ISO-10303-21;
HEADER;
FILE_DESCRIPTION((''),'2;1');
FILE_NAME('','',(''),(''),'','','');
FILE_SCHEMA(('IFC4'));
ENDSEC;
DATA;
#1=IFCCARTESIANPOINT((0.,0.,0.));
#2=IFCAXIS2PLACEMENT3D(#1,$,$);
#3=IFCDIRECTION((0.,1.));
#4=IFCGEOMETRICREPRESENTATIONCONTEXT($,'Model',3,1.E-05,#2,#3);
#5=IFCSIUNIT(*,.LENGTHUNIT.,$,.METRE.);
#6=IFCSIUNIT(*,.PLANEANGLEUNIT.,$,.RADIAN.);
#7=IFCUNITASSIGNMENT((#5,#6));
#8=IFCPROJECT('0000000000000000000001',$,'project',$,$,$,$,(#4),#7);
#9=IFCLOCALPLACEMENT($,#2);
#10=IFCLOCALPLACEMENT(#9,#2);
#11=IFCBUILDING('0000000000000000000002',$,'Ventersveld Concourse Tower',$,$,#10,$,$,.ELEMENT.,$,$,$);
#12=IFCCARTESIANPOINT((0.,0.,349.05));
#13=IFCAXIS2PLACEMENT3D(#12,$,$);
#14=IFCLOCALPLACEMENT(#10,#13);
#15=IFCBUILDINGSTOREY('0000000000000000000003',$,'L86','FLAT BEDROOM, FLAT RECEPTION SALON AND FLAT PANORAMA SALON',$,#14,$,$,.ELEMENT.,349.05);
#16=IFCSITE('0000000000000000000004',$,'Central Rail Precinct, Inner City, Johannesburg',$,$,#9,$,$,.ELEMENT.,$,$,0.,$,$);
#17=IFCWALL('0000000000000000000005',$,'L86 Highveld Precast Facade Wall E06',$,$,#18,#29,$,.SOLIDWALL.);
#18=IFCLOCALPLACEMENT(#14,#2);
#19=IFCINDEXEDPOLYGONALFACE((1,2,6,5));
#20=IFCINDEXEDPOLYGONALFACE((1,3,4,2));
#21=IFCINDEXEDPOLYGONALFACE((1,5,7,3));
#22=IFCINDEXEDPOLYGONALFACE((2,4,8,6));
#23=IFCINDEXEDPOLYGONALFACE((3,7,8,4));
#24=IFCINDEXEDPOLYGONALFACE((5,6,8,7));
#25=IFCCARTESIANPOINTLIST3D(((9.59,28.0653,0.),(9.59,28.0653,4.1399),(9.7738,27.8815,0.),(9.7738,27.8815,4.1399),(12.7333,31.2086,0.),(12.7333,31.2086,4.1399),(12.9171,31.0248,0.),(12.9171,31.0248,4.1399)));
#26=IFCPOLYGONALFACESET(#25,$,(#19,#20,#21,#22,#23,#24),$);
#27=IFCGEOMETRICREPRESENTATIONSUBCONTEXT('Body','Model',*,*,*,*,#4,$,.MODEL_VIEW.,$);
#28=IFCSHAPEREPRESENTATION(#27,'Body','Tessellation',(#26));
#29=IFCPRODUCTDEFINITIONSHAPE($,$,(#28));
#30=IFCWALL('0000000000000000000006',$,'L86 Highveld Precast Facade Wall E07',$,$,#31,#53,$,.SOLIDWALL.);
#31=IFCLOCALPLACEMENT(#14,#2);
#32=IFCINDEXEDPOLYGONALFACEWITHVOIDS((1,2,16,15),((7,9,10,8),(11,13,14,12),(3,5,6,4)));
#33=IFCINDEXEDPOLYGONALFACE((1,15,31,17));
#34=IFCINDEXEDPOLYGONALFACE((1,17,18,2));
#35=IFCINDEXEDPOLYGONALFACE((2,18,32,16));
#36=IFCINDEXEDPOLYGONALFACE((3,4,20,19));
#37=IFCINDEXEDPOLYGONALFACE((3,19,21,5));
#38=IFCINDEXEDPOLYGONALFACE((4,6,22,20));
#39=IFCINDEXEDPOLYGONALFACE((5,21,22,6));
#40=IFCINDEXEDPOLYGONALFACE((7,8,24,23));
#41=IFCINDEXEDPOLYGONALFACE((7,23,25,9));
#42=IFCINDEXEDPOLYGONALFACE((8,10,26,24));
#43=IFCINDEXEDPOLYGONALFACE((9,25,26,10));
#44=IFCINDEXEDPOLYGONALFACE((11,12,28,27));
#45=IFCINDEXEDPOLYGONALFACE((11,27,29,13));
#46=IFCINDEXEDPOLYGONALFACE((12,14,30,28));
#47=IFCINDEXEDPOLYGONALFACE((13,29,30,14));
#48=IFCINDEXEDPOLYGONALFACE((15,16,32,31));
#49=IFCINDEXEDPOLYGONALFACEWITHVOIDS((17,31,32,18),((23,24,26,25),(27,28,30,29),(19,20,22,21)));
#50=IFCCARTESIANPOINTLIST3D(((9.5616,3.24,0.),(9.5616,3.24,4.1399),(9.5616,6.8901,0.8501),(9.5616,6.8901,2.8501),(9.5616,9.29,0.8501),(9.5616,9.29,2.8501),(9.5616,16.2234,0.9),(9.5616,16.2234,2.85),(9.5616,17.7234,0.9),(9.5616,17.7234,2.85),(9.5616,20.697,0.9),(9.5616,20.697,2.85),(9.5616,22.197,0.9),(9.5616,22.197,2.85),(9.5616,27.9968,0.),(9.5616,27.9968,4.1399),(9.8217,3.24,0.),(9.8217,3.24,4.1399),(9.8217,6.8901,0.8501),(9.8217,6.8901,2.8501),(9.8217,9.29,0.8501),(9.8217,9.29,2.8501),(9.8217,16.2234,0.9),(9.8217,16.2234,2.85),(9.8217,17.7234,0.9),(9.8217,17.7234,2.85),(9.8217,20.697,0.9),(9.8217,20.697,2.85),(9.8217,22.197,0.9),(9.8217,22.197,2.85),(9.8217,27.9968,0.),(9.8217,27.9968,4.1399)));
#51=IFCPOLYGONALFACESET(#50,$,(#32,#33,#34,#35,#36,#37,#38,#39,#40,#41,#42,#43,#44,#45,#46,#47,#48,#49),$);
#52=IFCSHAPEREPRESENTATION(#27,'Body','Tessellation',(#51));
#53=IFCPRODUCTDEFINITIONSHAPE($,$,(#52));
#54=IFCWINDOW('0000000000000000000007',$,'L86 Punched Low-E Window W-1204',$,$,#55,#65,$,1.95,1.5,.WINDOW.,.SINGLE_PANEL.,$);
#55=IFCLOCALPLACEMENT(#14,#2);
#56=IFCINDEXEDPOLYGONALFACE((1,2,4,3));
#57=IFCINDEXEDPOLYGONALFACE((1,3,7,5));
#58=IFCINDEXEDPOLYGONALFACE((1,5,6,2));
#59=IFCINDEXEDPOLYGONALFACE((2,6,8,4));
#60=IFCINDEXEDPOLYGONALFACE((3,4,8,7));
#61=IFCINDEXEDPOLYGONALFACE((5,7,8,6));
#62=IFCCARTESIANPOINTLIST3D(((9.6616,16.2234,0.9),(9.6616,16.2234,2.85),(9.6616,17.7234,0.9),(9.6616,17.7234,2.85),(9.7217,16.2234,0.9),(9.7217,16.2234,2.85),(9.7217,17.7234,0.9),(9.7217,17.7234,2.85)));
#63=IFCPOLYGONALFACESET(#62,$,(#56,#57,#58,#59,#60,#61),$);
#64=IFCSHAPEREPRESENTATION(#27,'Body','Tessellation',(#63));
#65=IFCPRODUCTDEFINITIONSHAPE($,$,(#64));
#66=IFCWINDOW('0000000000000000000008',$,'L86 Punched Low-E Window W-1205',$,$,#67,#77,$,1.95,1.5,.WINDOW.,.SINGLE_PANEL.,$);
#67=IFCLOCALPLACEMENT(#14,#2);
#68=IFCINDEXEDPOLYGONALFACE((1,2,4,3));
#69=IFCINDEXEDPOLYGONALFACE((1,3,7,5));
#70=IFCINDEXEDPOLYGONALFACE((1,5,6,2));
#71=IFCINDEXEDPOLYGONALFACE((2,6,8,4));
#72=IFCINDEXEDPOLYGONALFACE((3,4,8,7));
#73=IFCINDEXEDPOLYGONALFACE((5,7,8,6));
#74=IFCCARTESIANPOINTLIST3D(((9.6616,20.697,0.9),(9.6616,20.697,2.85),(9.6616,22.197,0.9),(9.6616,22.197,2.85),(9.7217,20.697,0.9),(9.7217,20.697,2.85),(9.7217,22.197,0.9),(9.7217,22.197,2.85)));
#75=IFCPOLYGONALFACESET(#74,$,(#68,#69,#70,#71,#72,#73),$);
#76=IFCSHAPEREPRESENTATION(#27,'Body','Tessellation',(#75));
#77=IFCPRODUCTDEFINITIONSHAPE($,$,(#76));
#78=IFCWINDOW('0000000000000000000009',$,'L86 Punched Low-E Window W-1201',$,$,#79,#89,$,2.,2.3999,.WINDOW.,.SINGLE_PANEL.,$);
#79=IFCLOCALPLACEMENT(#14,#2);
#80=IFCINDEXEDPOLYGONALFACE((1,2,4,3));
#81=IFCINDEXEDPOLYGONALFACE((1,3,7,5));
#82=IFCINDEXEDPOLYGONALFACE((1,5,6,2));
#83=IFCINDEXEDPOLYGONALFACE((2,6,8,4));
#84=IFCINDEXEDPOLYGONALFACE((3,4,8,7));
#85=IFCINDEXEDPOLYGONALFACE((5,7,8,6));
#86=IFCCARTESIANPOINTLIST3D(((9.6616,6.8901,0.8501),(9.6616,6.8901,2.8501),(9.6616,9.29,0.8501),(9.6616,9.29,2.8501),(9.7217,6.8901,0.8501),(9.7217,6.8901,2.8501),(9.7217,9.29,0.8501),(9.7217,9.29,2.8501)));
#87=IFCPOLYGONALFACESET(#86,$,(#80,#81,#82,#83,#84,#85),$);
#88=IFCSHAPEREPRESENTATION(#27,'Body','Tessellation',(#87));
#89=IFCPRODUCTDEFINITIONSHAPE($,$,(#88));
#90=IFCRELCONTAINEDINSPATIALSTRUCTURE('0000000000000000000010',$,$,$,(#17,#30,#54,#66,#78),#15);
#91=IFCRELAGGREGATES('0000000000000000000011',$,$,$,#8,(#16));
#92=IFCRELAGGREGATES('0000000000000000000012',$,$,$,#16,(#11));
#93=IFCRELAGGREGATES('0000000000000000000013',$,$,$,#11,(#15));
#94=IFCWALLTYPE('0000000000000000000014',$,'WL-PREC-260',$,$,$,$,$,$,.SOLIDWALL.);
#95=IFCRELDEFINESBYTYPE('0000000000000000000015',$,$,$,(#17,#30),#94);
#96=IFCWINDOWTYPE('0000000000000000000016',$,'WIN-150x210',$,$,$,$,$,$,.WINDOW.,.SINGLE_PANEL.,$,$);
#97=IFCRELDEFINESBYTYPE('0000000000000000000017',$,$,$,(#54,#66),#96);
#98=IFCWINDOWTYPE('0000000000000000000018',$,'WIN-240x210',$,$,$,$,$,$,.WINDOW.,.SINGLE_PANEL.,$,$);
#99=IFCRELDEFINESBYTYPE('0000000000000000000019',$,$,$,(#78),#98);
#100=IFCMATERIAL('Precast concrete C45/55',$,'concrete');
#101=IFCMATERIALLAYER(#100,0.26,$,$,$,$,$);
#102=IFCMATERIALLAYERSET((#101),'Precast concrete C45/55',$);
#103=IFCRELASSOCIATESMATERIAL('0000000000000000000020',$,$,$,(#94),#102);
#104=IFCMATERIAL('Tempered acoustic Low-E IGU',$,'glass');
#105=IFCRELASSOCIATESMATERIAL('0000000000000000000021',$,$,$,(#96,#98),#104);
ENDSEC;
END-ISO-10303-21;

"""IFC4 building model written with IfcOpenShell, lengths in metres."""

from ifc_helpers import new_model, si_unit, direction, frame, frame_2d, origin, place, context, subcontext, project, spatial, rectangle, extrude, material, layer, layer_set, type_object, element, fill, save


model = new_model("IFC4")

# Units and contexts
model_context = context("Model", 3, precision=1e-05, world=origin(), true_north=direction((0.0, 1.0)))
body_context = subcontext(model_context, "Body", "Model", "MODEL_VIEW")
ifc_project = project(units=[si_unit("LENGTHUNIT", "METRE"), si_unit("PLANEANGLEUNIT", "RADIAN")], contexts=[model_context])

# Site, building, storey
site_placement = place(None, origin())
site = spatial("IfcSite", under=ifc_project, at=site_placement, Name="Central Rail Precinct, Inner City, Johannesburg", CompositionType="ELEMENT", RefElevation=0.0)
building_placement = place(site_placement, origin())
building = spatial("IfcBuilding", under=site, at=building_placement, Name="Ventersveld Concourse Tower", CompositionType="ELEMENT")
storey_placement = place(building_placement, frame((0.0, 0.0, 349.05)))
storey = spatial("IfcBuildingStorey", under=building, at=storey_placement, Name="L86", Description="FLAT BEDROOM, FLAT RECEPTION SALON AND FLAT PANORAMA SALON", CompositionType="ELEMENT", Elevation=349.05)

# Wall
ifc_material_1 = material(Name="Precast concrete C45/55", Category="concrete")
ifc_layer_1 = layer(ifc_material_1, 0.26)
ifc_layer_set_1 = layer_set([ifc_layer_1], Name="Precast concrete C45/55")
wall_type_1 = type_object("IfcWallType", Name="WL-PREC-260", PredefinedType="SOLIDWALL", material=ifc_layer_set_1)
wall_1_placement = place(storey_placement, frame((12.8252, 31.1167, 0.0), z_axis=(0.0, 0.0, 1.0), x_axis=(-0.707107, -0.707107, 0.0)))
element("IfcWall", 1, at=wall_1_placement, inside=storey, type_object=wall_type_1, Name="L86 Highveld Precast Facade Wall E06", PredefinedType="SOLIDWALL", context=body_context, shape_type="SweptSolid", body=[
    extrude(rectangle(XDim=4.4453, YDim=0.26, at=frame_2d((2.2227, 0.0))), origin(), (0.0, 0.0, 1.0), 4.1399),
])

# Wall, openings, windows
wall_2_placement = place(storey_placement, frame((9.6917, 27.9968, 0.0), z_axis=(0.0, 0.0, 1.0), x_axis=(0.0, -1.0, 0.0)))
wall_2 = element("IfcWall", 2, at=wall_2_placement, inside=storey, type_object=wall_type_1, Name="L86 Highveld Precast Facade Wall E07", PredefinedType="SOLIDWALL", context=body_context, shape_type="SweptSolid", body=[
    extrude(rectangle(XDim=24.7568, YDim=0.26, at=frame_2d((12.3784, 0.0))), origin(), (0.0, 0.0, 1.0), 4.1399),
])
opening_1_placement = place(wall_2_placement, frame((18.7068, 0.0, 0.8501)))
opening_1 = element("IfcOpeningElement", 3, at=opening_1_placement, cuts=wall_2, PredefinedType="OPENING", context=body_context, shape_type="SweptSolid", body=[
    extrude(rectangle(XDim=2.3999, YDim=2.0, at=frame_2d((1.2, 1.0))), frame((0.0, 0.1401, 0.0), z_axis=(0.0, -1.0, 0.0), x_axis=(1.0, 0.0, 0.0)), (0.0, 0.0, 1.0), 0.28),
])
opening_2_placement = place(wall_2_placement, frame((10.2734, 0.0, 0.8999)))
opening_2 = element("IfcOpeningElement", 4, at=opening_2_placement, cuts=wall_2, PredefinedType="OPENING", context=body_context, shape_type="SweptSolid", body=[
    extrude(rectangle(XDim=1.5, YDim=1.95, at=frame_2d((0.75, 0.9751))), frame((0.0, 0.1401, 0.0), z_axis=(0.0, -1.0, 0.0), x_axis=(1.0, 0.0, 0.0)), (0.0, 0.0, 1.0), 0.28),
])
opening_3_placement = place(wall_2_placement, frame((5.7998, 0.0, 0.8999)))
opening_3 = element("IfcOpeningElement", 5, at=opening_3_placement, cuts=wall_2, PredefinedType="OPENING", context=body_context, shape_type="SweptSolid", body=[
    extrude(rectangle(XDim=1.5, YDim=1.95, at=frame_2d((0.75, 0.9751))), frame((0.0, 0.1401, 0.0), z_axis=(0.0, -1.0, 0.0), x_axis=(1.0, 0.0, 0.0)), (0.0, 0.0, 1.0), 0.28),
])
ifc_material_2 = material(Name="Tempered acoustic Low-E IGU", Category="glass")
window_type_1 = type_object("IfcWindowType", Name="WIN-150x210", PartitioningType="SINGLE_PANEL", PredefinedType="WINDOW", material=ifc_material_2)
window_1_placement = place(opening_2_placement, origin())
window_1 = element("IfcWindow", 6, at=window_1_placement, inside=storey, type_object=window_type_1, Name="L86 Punched Low-E Window W-1204", OverallHeight=1.95, OverallWidth=1.5, PartitioningType="SINGLE_PANEL", PredefinedType="WINDOW", context=body_context, shape_type="SweptSolid", body=[
    extrude(rectangle(XDim=1.5, YDim=1.95, at=frame_2d((0.75, 0.9751))), frame((0.0, 0.03, 0.0), z_axis=(0.0, -1.0, 0.0), x_axis=(1.0, 0.0, 0.0)), (0.0, 0.0, 1.0), 0.0601),
])
fill(opening_2, window_1)
window_2_placement = place(opening_3_placement, origin())
window_2 = element("IfcWindow", 7, at=window_2_placement, inside=storey, type_object=window_type_1, Name="L86 Punched Low-E Window W-1205", OverallHeight=1.95, OverallWidth=1.5, PartitioningType="SINGLE_PANEL", PredefinedType="WINDOW", context=body_context, shape_type="SweptSolid", body=[
    extrude(rectangle(XDim=1.5, YDim=1.95, at=frame_2d((0.75, 0.9751))), frame((0.0, 0.03, 0.0), z_axis=(0.0, -1.0, 0.0), x_axis=(1.0, 0.0, 0.0)), (0.0, 0.0, 1.0), 0.0601),
])
fill(opening_3, window_2)
window_type_2 = type_object("IfcWindowType", Name="WIN-240x210", PartitioningType="SINGLE_PANEL", PredefinedType="WINDOW", material=ifc_material_2)
window_3_placement = place(opening_1_placement, origin())
window_3 = element("IfcWindow", 8, at=window_3_placement, inside=storey, type_object=window_type_2, Name="L86 Punched Low-E Window W-1201", OverallHeight=2.0, OverallWidth=2.3999, PartitioningType="SINGLE_PANEL", PredefinedType="WINDOW", context=body_context, shape_type="SweptSolid", body=[
    extrude(rectangle(XDim=2.3999, YDim=2.0, at=frame_2d((1.2, 1.0))), frame((0.0, 0.03, 0.0), z_axis=(0.0, -1.0, 0.0), x_axis=(1.0, 0.0, 0.0)), (0.0, 0.0, 1.0), 0.0601),
])
fill(opening_1, window_3)

save(model, "model.ifc")
